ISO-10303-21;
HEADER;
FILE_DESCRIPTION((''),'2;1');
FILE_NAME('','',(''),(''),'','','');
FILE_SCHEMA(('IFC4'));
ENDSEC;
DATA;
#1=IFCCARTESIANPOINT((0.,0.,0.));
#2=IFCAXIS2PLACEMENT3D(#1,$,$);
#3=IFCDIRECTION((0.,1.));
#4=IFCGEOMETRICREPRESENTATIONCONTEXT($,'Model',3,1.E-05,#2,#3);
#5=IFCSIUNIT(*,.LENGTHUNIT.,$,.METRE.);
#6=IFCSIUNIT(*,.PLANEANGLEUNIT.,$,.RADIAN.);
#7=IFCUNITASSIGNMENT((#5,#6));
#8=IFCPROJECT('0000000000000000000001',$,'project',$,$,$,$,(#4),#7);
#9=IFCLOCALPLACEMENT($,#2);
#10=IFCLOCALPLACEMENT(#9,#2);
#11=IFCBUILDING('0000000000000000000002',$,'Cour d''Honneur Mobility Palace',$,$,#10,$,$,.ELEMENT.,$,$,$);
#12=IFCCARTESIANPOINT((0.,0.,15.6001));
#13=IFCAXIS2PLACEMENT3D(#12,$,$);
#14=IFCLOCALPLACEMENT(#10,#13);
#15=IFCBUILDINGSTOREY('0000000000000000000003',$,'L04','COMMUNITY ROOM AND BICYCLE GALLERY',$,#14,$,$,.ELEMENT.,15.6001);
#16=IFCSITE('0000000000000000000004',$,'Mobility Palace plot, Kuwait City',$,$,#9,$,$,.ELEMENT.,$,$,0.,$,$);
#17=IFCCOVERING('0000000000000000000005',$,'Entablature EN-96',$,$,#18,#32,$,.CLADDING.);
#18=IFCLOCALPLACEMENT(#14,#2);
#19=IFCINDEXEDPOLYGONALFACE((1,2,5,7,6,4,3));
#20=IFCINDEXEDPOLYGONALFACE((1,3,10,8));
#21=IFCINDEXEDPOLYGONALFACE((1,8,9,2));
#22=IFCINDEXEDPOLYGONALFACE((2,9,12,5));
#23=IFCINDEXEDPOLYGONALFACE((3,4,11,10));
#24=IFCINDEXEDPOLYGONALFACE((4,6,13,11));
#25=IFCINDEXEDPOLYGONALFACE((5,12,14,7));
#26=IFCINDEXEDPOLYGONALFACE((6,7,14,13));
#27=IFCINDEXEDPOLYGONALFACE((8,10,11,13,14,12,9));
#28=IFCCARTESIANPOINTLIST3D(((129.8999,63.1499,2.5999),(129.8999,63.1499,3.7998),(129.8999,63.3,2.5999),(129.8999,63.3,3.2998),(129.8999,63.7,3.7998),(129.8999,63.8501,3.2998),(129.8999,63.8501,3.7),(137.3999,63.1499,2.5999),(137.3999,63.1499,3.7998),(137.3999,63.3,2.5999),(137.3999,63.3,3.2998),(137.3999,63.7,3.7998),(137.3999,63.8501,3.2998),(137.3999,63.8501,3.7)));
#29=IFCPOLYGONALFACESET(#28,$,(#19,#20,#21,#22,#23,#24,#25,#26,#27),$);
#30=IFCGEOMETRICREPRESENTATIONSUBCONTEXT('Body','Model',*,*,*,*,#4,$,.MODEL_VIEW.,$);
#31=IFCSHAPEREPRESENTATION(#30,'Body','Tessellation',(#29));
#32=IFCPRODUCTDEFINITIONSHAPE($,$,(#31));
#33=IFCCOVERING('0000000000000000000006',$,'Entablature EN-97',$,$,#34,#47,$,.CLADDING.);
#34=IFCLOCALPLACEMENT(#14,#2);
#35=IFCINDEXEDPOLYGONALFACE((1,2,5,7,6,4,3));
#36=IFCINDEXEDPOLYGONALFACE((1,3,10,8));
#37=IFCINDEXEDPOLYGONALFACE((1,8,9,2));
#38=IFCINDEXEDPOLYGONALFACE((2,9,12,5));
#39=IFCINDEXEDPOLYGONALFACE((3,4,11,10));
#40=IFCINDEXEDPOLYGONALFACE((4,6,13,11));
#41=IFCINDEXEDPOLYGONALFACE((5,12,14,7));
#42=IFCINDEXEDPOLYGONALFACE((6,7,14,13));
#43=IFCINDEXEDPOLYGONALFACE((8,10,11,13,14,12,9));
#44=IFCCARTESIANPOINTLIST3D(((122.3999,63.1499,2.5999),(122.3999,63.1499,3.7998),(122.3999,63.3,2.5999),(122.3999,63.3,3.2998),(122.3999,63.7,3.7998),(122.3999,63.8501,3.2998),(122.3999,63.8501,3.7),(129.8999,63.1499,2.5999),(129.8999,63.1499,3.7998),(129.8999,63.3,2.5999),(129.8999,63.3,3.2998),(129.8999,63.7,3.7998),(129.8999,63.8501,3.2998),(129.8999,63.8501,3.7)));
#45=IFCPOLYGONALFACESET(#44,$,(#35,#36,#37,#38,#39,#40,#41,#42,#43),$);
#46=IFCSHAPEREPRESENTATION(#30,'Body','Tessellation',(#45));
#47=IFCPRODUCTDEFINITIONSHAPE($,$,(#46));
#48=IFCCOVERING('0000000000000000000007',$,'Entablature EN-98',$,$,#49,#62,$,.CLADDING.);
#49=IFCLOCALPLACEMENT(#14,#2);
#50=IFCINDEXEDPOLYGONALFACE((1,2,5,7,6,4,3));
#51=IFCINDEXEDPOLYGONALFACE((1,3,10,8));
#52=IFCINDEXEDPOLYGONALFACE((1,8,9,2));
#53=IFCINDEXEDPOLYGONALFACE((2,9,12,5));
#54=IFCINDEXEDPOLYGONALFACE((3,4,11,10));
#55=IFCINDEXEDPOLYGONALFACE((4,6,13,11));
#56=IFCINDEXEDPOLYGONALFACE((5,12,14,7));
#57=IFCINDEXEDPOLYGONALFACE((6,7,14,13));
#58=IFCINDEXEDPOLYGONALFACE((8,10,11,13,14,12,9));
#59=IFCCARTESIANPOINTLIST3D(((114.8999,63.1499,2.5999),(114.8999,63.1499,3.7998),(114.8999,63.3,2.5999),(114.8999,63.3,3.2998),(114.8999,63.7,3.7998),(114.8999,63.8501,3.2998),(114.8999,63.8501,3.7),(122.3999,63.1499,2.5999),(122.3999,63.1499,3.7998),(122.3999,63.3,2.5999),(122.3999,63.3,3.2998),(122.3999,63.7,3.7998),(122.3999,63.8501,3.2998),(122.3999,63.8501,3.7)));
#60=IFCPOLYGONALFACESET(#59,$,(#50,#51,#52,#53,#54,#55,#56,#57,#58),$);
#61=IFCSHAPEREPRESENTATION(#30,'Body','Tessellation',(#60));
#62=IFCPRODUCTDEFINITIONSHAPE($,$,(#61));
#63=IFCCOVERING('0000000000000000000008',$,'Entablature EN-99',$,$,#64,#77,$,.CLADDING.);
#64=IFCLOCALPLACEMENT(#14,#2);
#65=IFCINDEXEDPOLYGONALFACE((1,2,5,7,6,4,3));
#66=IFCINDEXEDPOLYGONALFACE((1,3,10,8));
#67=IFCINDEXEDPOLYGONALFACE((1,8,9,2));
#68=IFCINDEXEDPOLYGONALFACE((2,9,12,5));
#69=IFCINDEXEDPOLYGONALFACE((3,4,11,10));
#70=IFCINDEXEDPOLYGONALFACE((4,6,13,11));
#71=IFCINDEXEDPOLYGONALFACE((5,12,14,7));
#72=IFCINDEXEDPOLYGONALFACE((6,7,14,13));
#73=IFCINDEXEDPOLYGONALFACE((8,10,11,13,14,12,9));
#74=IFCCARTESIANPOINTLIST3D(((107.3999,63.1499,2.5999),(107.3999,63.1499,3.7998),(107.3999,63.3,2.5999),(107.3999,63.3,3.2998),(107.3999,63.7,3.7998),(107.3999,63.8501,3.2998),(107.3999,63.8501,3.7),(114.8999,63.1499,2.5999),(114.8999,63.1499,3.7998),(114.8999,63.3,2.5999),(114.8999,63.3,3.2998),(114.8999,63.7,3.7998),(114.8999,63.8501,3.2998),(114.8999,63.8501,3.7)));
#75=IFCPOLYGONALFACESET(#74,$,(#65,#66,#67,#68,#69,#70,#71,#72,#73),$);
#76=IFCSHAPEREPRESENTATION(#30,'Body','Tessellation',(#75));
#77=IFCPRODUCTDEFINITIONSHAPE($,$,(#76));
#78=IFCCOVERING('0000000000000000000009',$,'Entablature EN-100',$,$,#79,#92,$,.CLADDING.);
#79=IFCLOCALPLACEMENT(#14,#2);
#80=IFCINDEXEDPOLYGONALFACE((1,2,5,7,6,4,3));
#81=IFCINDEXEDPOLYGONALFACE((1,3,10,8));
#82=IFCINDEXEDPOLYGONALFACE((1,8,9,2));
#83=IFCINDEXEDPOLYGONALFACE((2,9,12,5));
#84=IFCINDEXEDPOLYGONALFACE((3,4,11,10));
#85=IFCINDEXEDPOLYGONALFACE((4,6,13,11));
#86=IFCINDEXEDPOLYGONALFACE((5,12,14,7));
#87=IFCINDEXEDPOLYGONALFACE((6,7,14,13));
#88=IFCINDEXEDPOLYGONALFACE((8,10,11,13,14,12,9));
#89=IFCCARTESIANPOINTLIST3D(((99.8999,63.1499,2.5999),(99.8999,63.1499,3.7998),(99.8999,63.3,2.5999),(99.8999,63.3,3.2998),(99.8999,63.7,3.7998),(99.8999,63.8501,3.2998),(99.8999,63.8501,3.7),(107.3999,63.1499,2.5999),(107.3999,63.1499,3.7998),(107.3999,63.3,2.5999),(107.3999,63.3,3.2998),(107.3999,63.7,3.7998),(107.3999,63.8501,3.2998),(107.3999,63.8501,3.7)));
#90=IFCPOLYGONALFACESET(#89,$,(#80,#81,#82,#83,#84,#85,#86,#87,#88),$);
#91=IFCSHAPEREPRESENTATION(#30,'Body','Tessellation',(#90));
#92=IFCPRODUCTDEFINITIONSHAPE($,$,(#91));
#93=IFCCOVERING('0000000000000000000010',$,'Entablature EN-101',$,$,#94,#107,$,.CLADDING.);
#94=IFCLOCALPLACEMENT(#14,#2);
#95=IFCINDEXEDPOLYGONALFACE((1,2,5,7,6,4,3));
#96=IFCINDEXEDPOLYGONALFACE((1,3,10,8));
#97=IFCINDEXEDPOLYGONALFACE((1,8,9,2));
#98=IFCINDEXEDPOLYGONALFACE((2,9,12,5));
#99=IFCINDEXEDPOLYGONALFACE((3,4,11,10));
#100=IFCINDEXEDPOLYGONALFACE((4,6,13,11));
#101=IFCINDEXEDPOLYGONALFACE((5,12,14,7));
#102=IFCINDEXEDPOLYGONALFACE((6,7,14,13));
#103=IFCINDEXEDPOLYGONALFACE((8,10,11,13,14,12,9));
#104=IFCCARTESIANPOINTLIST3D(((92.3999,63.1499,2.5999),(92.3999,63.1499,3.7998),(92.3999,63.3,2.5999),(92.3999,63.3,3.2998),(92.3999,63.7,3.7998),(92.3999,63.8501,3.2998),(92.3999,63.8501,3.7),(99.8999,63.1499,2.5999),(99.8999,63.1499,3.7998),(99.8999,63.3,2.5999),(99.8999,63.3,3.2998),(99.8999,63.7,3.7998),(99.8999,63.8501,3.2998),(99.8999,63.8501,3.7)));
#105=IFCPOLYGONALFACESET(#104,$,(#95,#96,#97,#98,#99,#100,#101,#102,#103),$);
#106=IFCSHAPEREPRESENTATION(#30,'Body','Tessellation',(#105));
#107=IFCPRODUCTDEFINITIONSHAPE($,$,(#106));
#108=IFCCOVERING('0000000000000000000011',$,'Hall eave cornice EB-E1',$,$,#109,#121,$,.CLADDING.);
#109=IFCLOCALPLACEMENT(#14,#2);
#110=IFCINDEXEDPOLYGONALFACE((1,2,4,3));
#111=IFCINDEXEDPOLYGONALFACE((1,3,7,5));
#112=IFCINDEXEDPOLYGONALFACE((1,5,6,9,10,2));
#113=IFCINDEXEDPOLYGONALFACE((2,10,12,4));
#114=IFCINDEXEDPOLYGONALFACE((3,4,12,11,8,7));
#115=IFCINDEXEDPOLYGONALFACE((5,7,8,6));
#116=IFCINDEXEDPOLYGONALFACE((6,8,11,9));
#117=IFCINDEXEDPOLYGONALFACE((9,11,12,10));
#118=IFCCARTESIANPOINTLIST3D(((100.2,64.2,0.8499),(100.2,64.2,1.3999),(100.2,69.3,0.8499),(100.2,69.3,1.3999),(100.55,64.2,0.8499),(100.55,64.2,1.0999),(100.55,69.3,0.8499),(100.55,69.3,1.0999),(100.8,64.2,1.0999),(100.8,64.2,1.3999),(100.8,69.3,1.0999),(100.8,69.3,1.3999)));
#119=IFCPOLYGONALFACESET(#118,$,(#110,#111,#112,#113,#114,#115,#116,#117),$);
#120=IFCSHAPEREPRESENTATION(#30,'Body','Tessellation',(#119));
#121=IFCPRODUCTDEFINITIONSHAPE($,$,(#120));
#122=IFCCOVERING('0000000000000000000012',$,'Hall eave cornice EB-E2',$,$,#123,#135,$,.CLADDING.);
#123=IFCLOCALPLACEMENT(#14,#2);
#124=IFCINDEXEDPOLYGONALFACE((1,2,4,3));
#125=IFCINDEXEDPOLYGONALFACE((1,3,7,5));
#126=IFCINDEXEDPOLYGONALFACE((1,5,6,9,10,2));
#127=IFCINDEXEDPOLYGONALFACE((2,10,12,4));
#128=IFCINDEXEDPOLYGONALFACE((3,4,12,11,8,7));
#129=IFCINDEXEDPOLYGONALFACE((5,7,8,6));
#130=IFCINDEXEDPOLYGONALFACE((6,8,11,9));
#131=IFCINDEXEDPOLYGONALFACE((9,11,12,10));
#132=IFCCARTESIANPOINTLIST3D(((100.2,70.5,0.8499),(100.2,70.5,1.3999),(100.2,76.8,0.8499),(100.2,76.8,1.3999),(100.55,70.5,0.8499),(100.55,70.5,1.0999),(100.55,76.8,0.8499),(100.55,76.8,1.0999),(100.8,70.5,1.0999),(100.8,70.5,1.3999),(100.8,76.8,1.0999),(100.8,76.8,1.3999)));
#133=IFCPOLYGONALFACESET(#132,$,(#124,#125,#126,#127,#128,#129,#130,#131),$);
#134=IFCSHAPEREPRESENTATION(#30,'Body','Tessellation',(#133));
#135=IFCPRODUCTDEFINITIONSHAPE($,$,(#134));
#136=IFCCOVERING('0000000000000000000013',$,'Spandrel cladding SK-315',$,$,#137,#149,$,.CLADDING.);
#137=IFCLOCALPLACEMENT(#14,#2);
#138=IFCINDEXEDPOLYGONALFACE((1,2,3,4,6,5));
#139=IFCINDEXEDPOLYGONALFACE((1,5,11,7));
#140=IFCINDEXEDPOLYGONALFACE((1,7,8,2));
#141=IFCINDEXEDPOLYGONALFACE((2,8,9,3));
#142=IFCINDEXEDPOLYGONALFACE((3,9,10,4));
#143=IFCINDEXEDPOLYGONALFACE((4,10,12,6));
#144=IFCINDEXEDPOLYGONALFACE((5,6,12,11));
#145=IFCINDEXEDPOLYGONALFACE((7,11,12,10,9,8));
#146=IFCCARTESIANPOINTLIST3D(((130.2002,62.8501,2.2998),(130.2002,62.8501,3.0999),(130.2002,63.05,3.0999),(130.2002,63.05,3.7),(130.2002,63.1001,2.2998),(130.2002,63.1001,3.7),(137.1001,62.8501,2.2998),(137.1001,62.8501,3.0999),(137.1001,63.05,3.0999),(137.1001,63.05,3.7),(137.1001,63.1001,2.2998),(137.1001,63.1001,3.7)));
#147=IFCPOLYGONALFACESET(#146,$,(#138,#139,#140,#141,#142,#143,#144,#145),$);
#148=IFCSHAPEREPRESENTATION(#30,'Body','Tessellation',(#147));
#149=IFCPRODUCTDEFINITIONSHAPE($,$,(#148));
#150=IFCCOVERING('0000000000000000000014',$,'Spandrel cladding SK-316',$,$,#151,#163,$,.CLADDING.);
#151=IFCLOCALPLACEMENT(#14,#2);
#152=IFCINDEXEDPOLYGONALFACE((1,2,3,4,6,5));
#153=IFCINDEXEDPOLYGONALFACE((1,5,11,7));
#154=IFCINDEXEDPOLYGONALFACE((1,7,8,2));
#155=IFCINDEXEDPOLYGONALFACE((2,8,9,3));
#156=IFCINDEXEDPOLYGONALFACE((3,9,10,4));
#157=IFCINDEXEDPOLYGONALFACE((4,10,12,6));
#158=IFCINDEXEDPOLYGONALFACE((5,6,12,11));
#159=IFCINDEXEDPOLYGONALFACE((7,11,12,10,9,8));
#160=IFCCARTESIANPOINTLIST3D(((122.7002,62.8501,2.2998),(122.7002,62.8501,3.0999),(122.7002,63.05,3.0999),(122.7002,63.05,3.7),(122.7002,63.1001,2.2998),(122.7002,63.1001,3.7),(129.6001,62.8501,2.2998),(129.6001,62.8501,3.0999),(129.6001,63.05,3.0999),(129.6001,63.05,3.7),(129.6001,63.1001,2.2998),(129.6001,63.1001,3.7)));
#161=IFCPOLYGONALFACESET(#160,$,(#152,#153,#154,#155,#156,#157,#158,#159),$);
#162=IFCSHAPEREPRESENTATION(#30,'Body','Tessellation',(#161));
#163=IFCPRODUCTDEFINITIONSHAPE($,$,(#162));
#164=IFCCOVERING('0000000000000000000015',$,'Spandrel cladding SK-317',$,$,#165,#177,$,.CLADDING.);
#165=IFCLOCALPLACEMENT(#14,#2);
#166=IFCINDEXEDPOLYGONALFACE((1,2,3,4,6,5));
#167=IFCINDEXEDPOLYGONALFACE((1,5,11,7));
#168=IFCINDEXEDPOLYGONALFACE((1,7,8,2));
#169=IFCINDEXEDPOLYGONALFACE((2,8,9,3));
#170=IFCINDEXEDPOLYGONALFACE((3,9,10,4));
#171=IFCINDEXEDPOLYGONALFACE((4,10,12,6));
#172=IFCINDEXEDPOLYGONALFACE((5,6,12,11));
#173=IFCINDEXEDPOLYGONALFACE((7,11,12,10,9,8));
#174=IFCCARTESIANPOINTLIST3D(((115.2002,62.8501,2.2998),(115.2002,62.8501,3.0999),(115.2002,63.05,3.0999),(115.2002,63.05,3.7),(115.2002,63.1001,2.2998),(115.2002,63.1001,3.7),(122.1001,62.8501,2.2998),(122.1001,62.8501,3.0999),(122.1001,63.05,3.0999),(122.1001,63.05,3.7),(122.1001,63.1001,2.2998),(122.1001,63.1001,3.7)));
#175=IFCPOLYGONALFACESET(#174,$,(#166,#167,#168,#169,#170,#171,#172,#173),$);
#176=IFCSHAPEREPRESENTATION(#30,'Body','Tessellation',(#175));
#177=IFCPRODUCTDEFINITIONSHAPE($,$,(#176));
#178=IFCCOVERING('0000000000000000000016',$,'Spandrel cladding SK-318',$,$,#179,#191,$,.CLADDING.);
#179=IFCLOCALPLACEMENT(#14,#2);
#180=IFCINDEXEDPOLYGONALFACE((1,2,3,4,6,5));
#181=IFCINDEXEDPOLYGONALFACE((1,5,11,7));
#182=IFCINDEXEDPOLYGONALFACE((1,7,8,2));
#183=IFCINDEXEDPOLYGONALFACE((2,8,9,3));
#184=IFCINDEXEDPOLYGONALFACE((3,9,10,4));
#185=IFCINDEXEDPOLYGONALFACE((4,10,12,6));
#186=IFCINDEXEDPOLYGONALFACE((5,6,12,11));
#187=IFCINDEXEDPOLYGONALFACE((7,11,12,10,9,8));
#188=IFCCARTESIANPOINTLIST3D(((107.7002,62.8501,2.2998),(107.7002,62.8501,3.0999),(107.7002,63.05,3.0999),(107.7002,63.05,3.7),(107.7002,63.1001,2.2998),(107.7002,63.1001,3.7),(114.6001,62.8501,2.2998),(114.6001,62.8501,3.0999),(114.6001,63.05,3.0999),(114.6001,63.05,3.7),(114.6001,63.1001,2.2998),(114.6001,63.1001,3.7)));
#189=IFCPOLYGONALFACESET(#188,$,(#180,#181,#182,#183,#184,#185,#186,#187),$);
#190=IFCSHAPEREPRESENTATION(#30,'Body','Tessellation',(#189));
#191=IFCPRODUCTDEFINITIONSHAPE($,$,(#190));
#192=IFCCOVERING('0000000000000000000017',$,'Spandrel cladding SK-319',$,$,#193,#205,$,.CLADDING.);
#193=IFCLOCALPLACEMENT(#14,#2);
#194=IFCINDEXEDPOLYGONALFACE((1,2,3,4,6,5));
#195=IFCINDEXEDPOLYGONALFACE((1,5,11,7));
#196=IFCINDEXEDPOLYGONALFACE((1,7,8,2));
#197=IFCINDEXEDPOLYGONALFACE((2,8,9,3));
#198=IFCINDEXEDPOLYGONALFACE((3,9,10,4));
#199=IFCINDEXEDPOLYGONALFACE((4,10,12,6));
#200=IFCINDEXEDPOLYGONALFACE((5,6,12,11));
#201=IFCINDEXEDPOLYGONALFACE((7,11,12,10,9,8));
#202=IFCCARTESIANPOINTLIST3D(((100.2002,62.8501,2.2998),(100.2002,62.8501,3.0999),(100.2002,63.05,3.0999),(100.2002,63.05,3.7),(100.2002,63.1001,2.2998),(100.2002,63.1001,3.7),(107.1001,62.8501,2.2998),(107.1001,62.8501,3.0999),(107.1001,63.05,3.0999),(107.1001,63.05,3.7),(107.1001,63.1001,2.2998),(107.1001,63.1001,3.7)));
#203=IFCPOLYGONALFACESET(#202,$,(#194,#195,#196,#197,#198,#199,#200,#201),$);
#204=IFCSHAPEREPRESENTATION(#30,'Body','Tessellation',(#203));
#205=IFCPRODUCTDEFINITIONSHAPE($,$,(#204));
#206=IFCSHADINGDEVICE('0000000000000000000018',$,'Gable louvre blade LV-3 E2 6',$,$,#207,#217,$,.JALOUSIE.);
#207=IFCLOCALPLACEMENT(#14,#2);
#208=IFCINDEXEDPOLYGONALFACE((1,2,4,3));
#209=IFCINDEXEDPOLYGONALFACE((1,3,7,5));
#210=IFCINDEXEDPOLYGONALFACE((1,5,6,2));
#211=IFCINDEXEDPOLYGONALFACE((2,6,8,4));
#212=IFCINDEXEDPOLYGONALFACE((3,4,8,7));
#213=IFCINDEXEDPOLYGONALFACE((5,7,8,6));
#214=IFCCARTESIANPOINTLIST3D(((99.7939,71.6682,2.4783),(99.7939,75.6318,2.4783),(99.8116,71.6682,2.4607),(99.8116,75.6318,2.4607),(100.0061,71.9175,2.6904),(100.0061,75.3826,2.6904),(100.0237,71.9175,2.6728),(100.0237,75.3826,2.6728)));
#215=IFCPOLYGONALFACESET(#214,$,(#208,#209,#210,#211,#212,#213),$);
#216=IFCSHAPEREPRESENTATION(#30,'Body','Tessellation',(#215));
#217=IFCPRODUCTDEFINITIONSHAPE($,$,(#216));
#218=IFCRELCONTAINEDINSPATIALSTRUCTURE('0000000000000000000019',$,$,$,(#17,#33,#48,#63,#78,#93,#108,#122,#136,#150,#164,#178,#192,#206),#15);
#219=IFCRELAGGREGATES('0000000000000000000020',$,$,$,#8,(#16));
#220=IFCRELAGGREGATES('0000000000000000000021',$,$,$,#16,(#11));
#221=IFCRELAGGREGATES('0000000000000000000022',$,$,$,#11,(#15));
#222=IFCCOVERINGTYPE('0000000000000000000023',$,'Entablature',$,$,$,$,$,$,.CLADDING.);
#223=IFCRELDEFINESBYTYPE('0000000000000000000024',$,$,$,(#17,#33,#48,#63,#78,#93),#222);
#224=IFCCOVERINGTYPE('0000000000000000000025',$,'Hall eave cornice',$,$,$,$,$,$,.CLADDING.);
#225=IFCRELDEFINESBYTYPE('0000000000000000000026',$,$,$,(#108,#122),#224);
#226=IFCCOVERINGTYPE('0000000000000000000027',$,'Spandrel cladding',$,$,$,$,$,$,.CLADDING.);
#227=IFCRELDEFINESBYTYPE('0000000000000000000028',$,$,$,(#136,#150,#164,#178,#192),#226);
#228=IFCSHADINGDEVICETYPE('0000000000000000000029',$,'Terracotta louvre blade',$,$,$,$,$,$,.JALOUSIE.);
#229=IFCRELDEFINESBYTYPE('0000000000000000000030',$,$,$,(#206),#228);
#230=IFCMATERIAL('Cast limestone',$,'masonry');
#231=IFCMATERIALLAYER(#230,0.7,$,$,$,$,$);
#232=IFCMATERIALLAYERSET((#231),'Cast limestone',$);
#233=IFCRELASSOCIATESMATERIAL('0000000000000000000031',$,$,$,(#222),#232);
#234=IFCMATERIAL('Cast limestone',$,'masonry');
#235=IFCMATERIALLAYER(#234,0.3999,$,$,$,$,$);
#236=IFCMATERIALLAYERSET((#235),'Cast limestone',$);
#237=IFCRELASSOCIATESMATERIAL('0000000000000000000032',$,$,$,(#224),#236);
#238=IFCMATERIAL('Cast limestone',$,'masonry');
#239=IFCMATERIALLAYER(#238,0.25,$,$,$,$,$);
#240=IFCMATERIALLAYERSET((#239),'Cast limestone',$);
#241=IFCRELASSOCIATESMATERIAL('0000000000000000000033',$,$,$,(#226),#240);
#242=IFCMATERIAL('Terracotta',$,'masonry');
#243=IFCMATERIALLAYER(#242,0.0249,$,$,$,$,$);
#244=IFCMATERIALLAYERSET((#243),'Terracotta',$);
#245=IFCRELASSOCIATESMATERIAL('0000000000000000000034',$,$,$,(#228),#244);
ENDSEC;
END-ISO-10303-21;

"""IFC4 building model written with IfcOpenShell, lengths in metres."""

from ifc_helpers import new_model, si_unit, direction, frame, origin, place, context, subcontext, project, spatial, polyline, outline, extrude, material, layer, layer_set, type_object, element, save


model = new_model("IFC4")

# Units and contexts
model_context = context("Model", 3, precision=1e-05, world=origin(), true_north=direction((0.0, 1.0)))
body_context = subcontext(model_context, "Body", "Model", "MODEL_VIEW")
ifc_project = project(units=[si_unit("LENGTHUNIT", "METRE"), si_unit("PLANEANGLEUNIT", "RADIAN")], contexts=[model_context])

# Site, building, storey
site_placement = place(None, origin())
site = spatial("IfcSite", under=ifc_project, at=site_placement, Name="Mobility Palace plot, Kuwait City", CompositionType="ELEMENT", RefElevation=0.0)
building_placement = place(site_placement, origin())
building = spatial("IfcBuilding", under=site, at=building_placement, Name="Cour d'Honneur Mobility Palace", CompositionType="ELEMENT")
storey_placement = place(building_placement, frame((0.0, 0.0, 15.6001)))
storey = spatial("IfcBuildingStorey", under=building, at=storey_placement, Name="L04", Description="COMMUNITY ROOM AND BICYCLE GALLERY", CompositionType="ELEMENT", Elevation=15.6001)

# Coverings
ifc_material_1 = material(Name="Cast limestone", Category="masonry")
ifc_layer_1 = layer(ifc_material_1, 0.7)
ifc_layer_set_1 = layer_set([ifc_layer_1], Name="Cast limestone")
covering_type_1 = type_object("IfcCoveringType", Name="Entablature", PredefinedType="CLADDING", material=ifc_layer_set_1)
for number, where, z_axis, x_axis, name in (
    (1, (137.3999, 63.1499, 2.5999), (1.0, 0.0, 0.0), (0.0, 1.0, 0.0), "Entablature EN-96"),
    (2, (129.8999, 63.1499, 2.5999), (1.0, 0.0, 0.0), (0.0, 1.0, 0.0), "Entablature EN-97"),
    (3, (122.3999, 63.1499, 2.5999), (1.0, 0.0, 0.0), (0.0, 1.0, 0.0), "Entablature EN-98"),
    (4, (114.8999, 63.1499, 2.5999), (1.0, 0.0, 0.0), (0.0, 1.0, 0.0), "Entablature EN-99"),
    (5, (107.3999, 63.1499, 2.5999), (1.0, 0.0, 0.0), (0.0, 1.0, 0.0), "Entablature EN-100"),
    (6, (99.8999, 63.1499, 2.5999), (1.0, 0.0, 0.0), (0.0, 1.0, 0.0), "Entablature EN-101"),
):
    element("IfcCovering", number, at=place(storey_placement, frame(where, z_axis=z_axis, x_axis=x_axis)), inside=storey, type_object=covering_type_1, Name=name, PredefinedType="CLADDING", context=body_context, shape_type="SweptSolid", body=[
        extrude(outline(polyline([(0.0, 0.0), (0.1501, 0.0), (0.1501, 0.7), (0.7002, 0.7), (0.7002, 1.1001), (0.55, 1.2), (0.0, 1.2), (0.0, 0.0)])), origin(), (0.0, 0.0, -1.0), 7.5),
    ])
ifc_material_2 = material(Name="Cast limestone", Category="masonry")
ifc_layer_2 = layer(ifc_material_2, 0.3999)
ifc_layer_set_2 = layer_set([ifc_layer_2], Name="Cast limestone")
covering_type_2 = type_object("IfcCoveringType", Name="Hall eave cornice", PredefinedType="CLADDING", material=ifc_layer_set_2)
covering_1_placement = place(storey_placement, frame((100.2, 64.2, 0.8499), z_axis=(0.0, -1.0, 0.0), x_axis=(1.0, 0.0, 0.0)))
element("IfcCovering", 7, at=covering_1_placement, inside=storey, type_object=covering_type_2, Name="Hall eave cornice EB-E1", PredefinedType="CLADDING", context=body_context, shape_type="SweptSolid", body=[
    extrude(outline(polyline([(0.0, 0.0), (0.3501, 0.0), (0.3501, 0.25), (0.6001, 0.25), (0.6001, 0.55), (0.0, 0.55), (0.0, 0.0)])), origin(), (0.0, 0.0, -1.0), 5.1001),
])
covering_2_placement = place(storey_placement, frame((100.2, 70.5, 0.8499), z_axis=(0.0, -1.0, 0.0), x_axis=(1.0, 0.0, 0.0)))
element("IfcCovering", 8, at=covering_2_placement, inside=storey, type_object=covering_type_2, Name="Hall eave cornice EB-E2", PredefinedType="CLADDING", context=body_context, shape_type="SweptSolid", body=[
    extrude(outline(polyline([(0.0, 0.0), (0.3501, 0.0), (0.3501, 0.25), (0.6001, 0.25), (0.6001, 0.55), (0.0, 0.55), (0.0, 0.0)])), origin(), (0.0, 0.0, -1.0), 6.3),
])
ifc_material_3 = material(Name="Cast limestone", Category="masonry")
ifc_layer_3 = layer(ifc_material_3, 0.25)
ifc_layer_set_3 = layer_set([ifc_layer_3], Name="Cast limestone")
covering_type_3 = type_object("IfcCoveringType", Name="Spandrel cladding", PredefinedType="CLADDING", material=ifc_layer_set_3)
for number, where, z_axis, x_axis, name in (
    (9, (137.1001, 62.8501, 2.2998), (1.0, 0.0, 0.0), (0.0, 1.0, 0.0), "Spandrel cladding SK-315"),
    (10, (129.6001, 62.8501, 2.2998), (1.0, 0.0, 0.0), (0.0, 1.0, 0.0), "Spandrel cladding SK-316"),
    (11, (122.1001, 62.8501, 2.2998), (1.0, 0.0, 0.0), (0.0, 1.0, 0.0), "Spandrel cladding SK-317"),
    (12, (114.6001, 62.8501, 2.2998), (1.0, 0.0, 0.0), (0.0, 1.0, 0.0), "Spandrel cladding SK-318"),
    (13, (107.1001, 62.8501, 2.2998), (1.0, 0.0, 0.0), (0.0, 1.0, 0.0), "Spandrel cladding SK-319"),
):
    element("IfcCovering", number, at=place(storey_placement, frame(where, z_axis=z_axis, x_axis=x_axis)), inside=storey, type_object=covering_type_3, Name=name, PredefinedType="CLADDING", context=body_context, shape_type="SweptSolid", body=[
        extrude(outline(polyline([(0.0, 0.0), (0.25, 0.0), (0.25, 1.4001), (0.2, 1.4001), (0.2, 0.8), (0.0, 0.8), (0.0, 0.0)])), origin(), (0.0, 0.0, -1.0), 6.8999),
    ])

# Shading device
ifc_material_4 = material(Name="Terracotta", Category="masonry")
ifc_layer_4 = layer(ifc_material_4, 0.0249)
ifc_layer_set_4 = layer_set([ifc_layer_4], Name="Terracotta")
shading_device_type = type_object("IfcShadingDeviceType", Name="Terracotta louvre blade", PredefinedType="JALOUSIE", material=ifc_layer_set_4)
shading_device_1_placement = place(storey_placement, frame((99.7939, 71.6682, 2.4783), z_axis=(-0.707107, 0.0, 0.707107), x_axis=(0.0, 1.0, 0.0)))
element("IfcShadingDevice", 14, at=shading_device_1_placement, inside=storey, type_object=shading_device_type, Name="Gable louvre blade LV-3 E2 6", PredefinedType="JALOUSIE", context=body_context, shape_type="SweptSolid", body=[
    extrude(outline(polyline([(0.0, 0.0), (3.9636, 0.0), (3.7144, -0.3), (0.2493, -0.3), (0.0, 0.0)])), origin(), (0.0, 0.0, -1.0), 0.0249),
])

save(model, "model.ifc")
